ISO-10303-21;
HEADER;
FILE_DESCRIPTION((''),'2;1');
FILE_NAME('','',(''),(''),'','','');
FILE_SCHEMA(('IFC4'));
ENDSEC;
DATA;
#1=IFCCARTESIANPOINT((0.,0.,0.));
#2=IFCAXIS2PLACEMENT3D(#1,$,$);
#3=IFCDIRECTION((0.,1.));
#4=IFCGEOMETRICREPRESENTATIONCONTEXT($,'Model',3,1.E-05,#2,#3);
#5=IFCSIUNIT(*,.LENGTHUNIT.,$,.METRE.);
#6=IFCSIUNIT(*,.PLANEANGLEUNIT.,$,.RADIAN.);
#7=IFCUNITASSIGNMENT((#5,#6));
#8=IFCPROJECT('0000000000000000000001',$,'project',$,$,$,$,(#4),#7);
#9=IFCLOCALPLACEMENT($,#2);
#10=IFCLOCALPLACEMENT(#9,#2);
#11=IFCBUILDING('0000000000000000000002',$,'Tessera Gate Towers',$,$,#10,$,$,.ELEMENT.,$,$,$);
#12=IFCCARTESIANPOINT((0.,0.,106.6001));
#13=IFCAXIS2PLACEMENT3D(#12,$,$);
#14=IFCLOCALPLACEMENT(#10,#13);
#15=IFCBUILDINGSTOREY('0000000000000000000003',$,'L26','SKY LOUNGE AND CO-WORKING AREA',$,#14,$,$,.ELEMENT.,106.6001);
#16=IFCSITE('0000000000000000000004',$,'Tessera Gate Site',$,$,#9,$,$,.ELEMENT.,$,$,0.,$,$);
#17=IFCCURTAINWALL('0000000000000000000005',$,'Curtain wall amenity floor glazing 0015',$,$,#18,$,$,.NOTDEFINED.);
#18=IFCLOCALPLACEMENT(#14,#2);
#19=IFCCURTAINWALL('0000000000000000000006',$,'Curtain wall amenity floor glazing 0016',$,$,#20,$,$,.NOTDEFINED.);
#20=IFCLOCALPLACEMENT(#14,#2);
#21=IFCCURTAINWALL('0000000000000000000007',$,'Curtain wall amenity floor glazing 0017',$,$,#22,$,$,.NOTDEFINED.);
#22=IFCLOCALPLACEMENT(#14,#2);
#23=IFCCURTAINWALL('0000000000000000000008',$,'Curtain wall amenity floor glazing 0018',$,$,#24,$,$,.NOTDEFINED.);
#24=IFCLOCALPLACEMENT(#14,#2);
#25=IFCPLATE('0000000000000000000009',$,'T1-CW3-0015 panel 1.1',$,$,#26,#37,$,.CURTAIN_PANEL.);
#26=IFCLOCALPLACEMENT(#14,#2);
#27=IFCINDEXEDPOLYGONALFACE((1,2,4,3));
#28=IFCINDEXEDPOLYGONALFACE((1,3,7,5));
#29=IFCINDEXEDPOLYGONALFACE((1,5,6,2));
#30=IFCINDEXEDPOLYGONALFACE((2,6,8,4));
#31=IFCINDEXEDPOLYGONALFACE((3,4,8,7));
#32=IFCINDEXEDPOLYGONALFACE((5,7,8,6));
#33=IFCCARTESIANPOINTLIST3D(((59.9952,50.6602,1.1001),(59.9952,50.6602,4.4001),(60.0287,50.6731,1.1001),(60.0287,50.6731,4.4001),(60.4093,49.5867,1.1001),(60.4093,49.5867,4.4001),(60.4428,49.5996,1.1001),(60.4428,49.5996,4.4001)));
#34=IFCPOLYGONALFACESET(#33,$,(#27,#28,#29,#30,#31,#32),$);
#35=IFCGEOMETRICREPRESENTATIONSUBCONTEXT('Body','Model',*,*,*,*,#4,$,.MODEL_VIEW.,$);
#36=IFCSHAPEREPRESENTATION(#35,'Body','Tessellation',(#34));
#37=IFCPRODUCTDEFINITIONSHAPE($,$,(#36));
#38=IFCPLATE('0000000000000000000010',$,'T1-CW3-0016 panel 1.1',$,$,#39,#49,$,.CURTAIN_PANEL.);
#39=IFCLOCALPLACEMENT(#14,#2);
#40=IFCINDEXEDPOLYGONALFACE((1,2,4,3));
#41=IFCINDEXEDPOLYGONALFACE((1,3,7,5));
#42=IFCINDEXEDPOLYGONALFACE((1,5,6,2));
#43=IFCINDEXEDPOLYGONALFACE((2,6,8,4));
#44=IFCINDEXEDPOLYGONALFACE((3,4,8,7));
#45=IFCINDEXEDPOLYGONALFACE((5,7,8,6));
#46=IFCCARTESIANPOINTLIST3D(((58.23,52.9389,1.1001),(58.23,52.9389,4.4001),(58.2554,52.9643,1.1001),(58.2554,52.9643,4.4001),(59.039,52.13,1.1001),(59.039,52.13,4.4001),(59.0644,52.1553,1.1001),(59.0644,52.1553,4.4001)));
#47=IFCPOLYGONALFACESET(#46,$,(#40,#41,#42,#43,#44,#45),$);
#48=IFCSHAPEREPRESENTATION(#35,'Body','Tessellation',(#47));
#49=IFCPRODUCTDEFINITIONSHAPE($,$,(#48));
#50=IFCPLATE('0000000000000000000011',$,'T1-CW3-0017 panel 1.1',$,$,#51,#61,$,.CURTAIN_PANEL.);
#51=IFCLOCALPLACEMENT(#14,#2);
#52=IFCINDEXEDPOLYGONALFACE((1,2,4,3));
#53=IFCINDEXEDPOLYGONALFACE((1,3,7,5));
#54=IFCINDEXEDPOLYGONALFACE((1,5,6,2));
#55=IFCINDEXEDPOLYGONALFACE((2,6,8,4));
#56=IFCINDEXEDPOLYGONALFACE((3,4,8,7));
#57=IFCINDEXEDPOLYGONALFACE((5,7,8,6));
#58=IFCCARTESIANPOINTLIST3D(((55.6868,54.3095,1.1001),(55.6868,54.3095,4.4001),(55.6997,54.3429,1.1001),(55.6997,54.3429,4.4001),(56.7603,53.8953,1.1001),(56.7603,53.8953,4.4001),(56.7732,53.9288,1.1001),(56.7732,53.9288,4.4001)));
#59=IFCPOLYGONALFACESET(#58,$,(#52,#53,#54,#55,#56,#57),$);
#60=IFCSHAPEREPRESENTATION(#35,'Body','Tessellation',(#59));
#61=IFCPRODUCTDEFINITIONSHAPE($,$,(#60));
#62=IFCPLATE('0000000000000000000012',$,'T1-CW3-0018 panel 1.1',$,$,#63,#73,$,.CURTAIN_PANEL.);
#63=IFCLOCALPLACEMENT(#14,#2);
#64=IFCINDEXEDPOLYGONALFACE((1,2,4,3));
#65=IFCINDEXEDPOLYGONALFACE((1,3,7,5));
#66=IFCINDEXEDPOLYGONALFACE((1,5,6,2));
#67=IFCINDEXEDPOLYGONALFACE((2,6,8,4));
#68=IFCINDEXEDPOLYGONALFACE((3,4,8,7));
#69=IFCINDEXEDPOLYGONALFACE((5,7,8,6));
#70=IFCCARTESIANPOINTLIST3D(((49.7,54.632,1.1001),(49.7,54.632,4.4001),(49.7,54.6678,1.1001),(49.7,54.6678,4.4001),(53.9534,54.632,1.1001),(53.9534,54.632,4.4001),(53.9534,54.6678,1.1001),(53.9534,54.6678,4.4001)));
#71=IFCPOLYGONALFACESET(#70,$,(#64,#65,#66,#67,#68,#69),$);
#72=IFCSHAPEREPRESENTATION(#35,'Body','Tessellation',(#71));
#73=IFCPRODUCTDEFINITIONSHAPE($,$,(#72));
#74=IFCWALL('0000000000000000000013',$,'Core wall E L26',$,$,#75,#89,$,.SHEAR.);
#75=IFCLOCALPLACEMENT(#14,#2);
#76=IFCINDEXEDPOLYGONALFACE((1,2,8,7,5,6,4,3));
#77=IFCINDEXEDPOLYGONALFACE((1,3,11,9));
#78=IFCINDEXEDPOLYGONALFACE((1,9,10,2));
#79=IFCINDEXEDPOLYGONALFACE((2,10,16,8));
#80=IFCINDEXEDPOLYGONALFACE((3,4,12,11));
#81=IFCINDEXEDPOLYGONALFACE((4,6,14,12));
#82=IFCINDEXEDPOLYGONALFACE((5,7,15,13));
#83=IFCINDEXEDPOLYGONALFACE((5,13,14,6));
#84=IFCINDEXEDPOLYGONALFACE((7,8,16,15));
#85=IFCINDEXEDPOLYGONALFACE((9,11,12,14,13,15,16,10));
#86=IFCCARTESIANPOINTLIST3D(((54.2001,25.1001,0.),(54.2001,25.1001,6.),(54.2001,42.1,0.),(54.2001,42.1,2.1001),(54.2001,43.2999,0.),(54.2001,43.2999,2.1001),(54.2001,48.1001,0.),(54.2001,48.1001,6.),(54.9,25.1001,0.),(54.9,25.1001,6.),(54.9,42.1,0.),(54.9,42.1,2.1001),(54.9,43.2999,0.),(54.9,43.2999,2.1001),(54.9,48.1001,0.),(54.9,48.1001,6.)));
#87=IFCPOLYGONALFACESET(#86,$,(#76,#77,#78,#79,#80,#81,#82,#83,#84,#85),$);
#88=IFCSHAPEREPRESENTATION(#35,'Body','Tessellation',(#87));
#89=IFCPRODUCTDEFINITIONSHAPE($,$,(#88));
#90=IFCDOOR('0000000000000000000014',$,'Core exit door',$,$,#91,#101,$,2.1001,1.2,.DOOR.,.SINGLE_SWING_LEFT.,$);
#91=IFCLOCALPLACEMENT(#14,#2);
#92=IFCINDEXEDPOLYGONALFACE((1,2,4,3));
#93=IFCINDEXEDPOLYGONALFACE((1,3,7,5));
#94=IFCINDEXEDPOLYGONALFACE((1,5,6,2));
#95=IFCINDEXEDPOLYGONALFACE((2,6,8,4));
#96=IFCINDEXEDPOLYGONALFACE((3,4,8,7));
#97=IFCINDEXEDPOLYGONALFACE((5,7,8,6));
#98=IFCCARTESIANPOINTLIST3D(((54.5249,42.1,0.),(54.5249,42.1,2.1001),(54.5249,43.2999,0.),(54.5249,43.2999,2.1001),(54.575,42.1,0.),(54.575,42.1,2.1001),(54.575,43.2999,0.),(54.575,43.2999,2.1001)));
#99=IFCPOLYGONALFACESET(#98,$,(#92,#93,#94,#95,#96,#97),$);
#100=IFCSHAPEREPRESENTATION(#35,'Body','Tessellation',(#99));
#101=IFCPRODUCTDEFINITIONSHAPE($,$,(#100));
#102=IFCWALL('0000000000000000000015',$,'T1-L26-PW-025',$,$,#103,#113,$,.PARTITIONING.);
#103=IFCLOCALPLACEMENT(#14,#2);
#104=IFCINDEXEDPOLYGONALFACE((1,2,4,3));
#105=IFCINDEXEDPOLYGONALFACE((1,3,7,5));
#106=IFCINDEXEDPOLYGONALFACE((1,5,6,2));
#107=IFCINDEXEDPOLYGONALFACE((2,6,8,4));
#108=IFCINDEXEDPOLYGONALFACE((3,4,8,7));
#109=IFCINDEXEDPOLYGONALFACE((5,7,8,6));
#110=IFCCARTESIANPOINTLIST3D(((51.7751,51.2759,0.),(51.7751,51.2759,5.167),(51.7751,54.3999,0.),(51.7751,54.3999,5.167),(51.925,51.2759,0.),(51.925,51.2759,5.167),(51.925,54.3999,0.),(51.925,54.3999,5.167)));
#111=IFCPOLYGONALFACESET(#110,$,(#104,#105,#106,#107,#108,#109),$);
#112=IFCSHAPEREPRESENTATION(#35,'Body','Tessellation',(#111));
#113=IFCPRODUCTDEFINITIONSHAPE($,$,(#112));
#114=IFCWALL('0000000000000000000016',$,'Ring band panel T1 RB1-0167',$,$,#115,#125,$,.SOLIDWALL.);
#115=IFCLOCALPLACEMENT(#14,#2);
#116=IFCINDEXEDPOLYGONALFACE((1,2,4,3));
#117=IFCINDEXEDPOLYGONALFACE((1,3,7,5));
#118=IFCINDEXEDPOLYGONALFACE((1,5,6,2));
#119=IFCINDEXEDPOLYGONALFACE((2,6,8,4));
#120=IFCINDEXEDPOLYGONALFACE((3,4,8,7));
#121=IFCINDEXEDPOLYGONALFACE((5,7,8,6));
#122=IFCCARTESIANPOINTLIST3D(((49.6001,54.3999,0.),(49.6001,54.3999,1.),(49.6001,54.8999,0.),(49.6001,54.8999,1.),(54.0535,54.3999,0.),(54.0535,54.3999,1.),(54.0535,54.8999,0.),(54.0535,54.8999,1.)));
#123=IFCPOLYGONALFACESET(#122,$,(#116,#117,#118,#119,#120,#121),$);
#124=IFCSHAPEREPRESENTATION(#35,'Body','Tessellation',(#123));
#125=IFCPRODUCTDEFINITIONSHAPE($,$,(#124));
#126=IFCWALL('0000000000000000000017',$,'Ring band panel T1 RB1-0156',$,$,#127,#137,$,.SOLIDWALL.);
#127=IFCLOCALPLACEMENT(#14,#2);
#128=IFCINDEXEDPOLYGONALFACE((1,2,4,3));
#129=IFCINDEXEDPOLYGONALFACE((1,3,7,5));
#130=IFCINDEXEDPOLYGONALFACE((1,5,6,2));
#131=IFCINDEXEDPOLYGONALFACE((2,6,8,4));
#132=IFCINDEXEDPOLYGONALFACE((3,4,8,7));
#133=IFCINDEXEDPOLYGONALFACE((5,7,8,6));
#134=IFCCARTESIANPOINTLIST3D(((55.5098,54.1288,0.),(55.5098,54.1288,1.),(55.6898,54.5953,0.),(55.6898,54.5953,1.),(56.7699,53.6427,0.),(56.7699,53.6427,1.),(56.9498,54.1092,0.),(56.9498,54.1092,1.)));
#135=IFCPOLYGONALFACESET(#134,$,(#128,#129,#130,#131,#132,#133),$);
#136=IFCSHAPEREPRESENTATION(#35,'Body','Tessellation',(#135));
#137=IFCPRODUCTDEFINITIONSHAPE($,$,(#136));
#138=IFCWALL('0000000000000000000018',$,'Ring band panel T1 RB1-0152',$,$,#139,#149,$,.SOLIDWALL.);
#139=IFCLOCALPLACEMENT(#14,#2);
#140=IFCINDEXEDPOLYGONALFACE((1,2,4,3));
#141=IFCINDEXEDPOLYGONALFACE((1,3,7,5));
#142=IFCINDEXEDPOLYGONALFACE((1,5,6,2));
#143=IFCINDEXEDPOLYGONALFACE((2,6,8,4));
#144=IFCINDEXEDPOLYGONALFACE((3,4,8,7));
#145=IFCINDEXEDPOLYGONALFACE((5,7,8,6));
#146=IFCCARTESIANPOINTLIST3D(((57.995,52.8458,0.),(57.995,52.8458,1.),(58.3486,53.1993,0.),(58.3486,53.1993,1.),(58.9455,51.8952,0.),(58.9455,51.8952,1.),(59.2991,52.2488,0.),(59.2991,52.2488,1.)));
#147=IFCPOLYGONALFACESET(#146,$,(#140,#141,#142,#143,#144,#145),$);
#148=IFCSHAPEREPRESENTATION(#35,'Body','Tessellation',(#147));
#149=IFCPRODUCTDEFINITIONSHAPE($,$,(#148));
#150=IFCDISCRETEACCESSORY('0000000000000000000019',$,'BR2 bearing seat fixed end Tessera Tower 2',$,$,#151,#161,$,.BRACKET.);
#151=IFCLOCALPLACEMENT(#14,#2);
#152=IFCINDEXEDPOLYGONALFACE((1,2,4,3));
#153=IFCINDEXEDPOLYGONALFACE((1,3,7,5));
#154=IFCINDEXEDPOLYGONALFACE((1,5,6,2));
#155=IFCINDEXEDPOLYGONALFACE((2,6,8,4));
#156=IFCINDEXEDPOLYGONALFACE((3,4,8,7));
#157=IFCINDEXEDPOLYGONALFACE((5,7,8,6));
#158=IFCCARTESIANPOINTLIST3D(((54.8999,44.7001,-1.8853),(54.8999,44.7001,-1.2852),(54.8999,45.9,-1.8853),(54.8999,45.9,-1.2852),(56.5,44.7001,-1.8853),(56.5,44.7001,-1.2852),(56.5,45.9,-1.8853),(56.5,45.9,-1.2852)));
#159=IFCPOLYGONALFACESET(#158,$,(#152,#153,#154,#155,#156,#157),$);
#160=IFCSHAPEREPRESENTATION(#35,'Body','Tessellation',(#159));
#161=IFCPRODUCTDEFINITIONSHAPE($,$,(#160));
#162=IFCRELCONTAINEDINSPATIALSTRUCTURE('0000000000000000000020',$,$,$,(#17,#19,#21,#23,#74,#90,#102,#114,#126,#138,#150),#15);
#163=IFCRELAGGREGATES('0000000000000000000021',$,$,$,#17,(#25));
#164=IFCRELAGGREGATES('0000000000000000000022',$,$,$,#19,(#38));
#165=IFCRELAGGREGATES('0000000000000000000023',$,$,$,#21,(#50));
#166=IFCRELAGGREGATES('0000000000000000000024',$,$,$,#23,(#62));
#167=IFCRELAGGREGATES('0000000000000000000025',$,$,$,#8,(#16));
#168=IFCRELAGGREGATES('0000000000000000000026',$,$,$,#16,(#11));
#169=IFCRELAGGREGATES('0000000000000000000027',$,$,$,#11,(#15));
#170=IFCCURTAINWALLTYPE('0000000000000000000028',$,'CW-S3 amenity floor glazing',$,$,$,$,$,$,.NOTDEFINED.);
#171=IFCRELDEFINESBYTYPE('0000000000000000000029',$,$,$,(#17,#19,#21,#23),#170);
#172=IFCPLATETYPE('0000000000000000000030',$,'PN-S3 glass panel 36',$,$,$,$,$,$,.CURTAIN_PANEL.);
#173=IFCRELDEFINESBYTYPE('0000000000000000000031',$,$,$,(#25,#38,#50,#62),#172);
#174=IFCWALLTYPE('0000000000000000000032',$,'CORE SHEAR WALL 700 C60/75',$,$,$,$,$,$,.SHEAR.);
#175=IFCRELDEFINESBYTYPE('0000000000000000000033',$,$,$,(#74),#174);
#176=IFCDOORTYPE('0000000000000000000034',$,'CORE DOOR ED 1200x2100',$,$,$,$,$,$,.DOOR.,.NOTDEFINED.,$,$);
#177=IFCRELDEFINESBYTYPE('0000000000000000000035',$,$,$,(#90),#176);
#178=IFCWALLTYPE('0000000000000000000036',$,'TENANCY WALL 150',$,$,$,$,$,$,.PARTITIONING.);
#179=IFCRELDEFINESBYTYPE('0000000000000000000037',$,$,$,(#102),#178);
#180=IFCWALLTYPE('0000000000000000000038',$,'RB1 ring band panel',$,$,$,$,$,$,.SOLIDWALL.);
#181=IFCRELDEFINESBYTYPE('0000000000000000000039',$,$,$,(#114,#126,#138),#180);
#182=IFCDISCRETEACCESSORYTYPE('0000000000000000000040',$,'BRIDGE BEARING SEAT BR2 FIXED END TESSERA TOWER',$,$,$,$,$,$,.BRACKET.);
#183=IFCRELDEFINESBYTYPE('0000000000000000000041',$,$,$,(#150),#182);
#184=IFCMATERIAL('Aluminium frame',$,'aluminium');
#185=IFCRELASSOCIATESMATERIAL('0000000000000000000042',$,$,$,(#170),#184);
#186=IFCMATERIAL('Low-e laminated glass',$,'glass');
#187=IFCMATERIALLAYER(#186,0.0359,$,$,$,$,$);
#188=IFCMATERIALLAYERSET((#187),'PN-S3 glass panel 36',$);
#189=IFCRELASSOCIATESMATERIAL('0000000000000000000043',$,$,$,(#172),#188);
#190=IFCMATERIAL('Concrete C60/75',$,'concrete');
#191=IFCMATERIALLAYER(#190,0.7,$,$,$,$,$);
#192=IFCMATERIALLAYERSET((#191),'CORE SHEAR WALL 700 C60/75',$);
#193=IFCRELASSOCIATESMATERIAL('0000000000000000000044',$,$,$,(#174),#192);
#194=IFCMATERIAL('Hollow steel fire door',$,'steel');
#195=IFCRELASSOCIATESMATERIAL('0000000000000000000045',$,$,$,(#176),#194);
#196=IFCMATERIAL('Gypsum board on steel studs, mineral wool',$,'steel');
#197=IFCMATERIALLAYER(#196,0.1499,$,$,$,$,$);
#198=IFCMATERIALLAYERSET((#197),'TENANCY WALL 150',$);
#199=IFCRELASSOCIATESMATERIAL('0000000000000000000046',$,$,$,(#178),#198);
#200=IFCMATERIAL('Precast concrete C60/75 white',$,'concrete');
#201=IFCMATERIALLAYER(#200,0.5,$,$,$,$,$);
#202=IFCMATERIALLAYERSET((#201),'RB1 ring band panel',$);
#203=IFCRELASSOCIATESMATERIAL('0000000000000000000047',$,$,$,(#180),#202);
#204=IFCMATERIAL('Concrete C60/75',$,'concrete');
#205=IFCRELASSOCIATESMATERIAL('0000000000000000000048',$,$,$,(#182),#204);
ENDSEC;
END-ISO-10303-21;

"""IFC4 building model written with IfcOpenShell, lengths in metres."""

from ifc_helpers import new_model, si_unit, direction, frame, frame_2d, origin, origin_2d, place, context, subcontext, project, spatial, polyline, rectangle, outline, extrude, source, transform, mapped, material, layer, layer_set, type_object, element, fill, aggregate, save


model = new_model("IFC4")

# Units and contexts
model_context = context("Model", 3, precision=1e-05, world=origin(), true_north=direction((0.0, 1.0)))
body_context = subcontext(model_context, "Body", "Model", "MODEL_VIEW")
ifc_project = project(units=[si_unit("LENGTHUNIT", "METRE"), si_unit("PLANEANGLEUNIT", "RADIAN")], contexts=[model_context])

# Site, building, storey
site_placement = place(None, origin())
site = spatial("IfcSite", under=ifc_project, at=site_placement, Name="Tessera Gate Site", CompositionType="ELEMENT", RefElevation=0.0)
building_placement = place(site_placement, origin())
building = spatial("IfcBuilding", under=site, at=building_placement, Name="Tessera Gate Towers", CompositionType="ELEMENT")
storey_placement = place(building_placement, frame((0.0, 0.0, 106.6001)))
storey = spatial("IfcBuildingStorey", under=building, at=storey_placement, Name="L26", Description="SKY LOUNGE AND CO-WORKING AREA", CompositionType="ELEMENT", Elevation=106.6001)

# Curtain wall
ifc_material_1 = material(Name="Aluminium frame", Category="aluminium")
curtain_wall_type = type_object("IfcCurtainWallType", Name="CW-S3 amenity floor glazing", PredefinedType="NOTDEFINED", material=ifc_material_1)
curtain_wall_1_placement = place(storey_placement, origin())
curtain_wall_1 = element("IfcCurtainWall", 1, at=curtain_wall_1_placement, inside=storey, type_object=curtain_wall_type, Name="Curtain wall amenity floor glazing 0015", PredefinedType="NOTDEFINED")

# Curtain walls
curtain_wall_2_placement = place(storey_placement, origin())
curtain_wall_2 = element("IfcCurtainWall", 2, at=curtain_wall_2_placement, inside=storey, type_object=curtain_wall_type, Name="Curtain wall amenity floor glazing 0016", PredefinedType="NOTDEFINED")
curtain_wall_3_placement = place(storey_placement, origin())
curtain_wall_3 = element("IfcCurtainWall", 3, at=curtain_wall_3_placement, inside=storey, type_object=curtain_wall_type, Name="Curtain wall amenity floor glazing 0017", PredefinedType="NOTDEFINED")

# Curtain wall
curtain_wall_4_placement = place(storey_placement, origin())
curtain_wall_4 = element("IfcCurtainWall", 4, at=curtain_wall_4_placement, inside=storey, type_object=curtain_wall_type, Name="Curtain wall amenity floor glazing 0018", PredefinedType="NOTDEFINED")

# Plates
ifc_material_2 = material(Name="Low-e laminated glass", Category="glass")
ifc_layer_1 = layer(ifc_material_2, 0.0359)
ifc_layer_set_1 = layer_set([ifc_layer_1], Name="PN-S3 glass panel 36")
plate_type = type_object("IfcPlateType", Name="PN-S3 glass panel 36", PredefinedType="CURTAIN_PANEL", material=ifc_layer_set_1)
plate_1_placement = place(storey_placement, frame((60.219, 50.1299, 1.1001), z_axis=(0.0, 0.0, 1.0), x_axis=(-0.359904, 0.932989, 0.0)))
plate_1 = element("IfcPlate", 5, at=plate_1_placement, type_object=plate_type, Name="T1-CW3-0015 panel 1.1", PredefinedType="CURTAIN_PANEL", context=body_context, shape_type="SweptSolid", body=[
    extrude(rectangle(XDim=1.1506, YDim=0.0359, at=origin_2d()), origin(), (0.0, 0.0, 1.0), 3.3),
])
aggregate(curtain_wall_1, [plate_1])
plate_2_placement = place(storey_placement, frame((58.6472, 52.5471, 1.1001), z_axis=(0.0, 0.0, 1.0), x_axis=(-0.707107, 0.707107, 0.0)))
plate_2 = element("IfcPlate", 6, at=plate_2_placement, type_object=plate_type, Name="T1-CW3-0016 panel 1.1", PredefinedType="CURTAIN_PANEL", context=body_context, shape_type="SweptSolid", body=[
    extrude(rectangle(XDim=1.144, YDim=0.0359, at=origin_2d()), origin(), (0.0, 0.0, 1.0), 3.3),
])
aggregate(curtain_wall_2, [plate_2])
plate_3_placement = place(storey_placement, frame((56.23, 54.1191, 1.1001), z_axis=(0.0, 0.0, 1.0), x_axis=(-0.932989, 0.359904, 0.0)))
plate_3 = element("IfcPlate", 7, at=plate_3_placement, type_object=plate_type, Name="T1-CW3-0017 panel 1.1", PredefinedType="CURTAIN_PANEL", context=body_context, shape_type="SweptSolid", body=[
    extrude(rectangle(XDim=1.1506, YDim=0.0359, at=origin_2d()), origin(), (0.0, 0.0, 1.0), 3.3),
])
aggregate(curtain_wall_3, [plate_3])
plate_4_placement = place(storey_placement, frame((51.8267, 54.6499, 1.1001), z_axis=(0.0, 0.0, 1.0), x_axis=(-1.0, 0.0, 0.0)))
plate_4 = element("IfcPlate", 8, at=plate_4_placement, type_object=plate_type, Name="T1-CW3-0018 panel 1.1", PredefinedType="CURTAIN_PANEL", context=body_context, shape_type="SweptSolid", body=[
    extrude(rectangle(XDim=4.2534, YDim=0.0359, at=origin_2d()), origin(), (0.0, 0.0, 1.0), 3.3),
])
aggregate(curtain_wall_4, [plate_4])

# Wall, opening, door
ifc_material_3 = material(Name="Concrete C60/75", Category="concrete")
ifc_layer_2 = layer(ifc_material_3, 0.7)
ifc_layer_set_2 = layer_set([ifc_layer_2], Name="CORE SHEAR WALL 700 C60/75")
wall_type_1 = type_object("IfcWallType", Name="CORE SHEAR WALL 700 C60/75", PredefinedType="SHEAR", material=ifc_layer_set_2)
wall_1_placement = place(storey_placement, frame((54.55, 48.1001, 0.0), z_axis=(0.0, 0.0, 1.0), x_axis=(0.0, -1.0, 0.0)))
wall_1 = element("IfcWall", 9, at=wall_1_placement, inside=storey, type_object=wall_type_1, Name="Core wall E L26", PredefinedType="SHEAR", context=body_context, shape_type="SweptSolid", body=[
    extrude(rectangle(XDim=23.0, YDim=0.7, at=frame_2d((11.5, 0.0))), origin(), (0.0, 0.0, 1.0), 6.0),
])
shared_shape_1 = source(origin(), body_context, "Body", "SweptSolid", [
    extrude(rectangle(XDim=1.2, YDim=2.1001, at=frame_2d((0.6001, 1.05))), frame((0.0, 0.3599, 0.0), z_axis=(0.0, -1.0, 0.0), x_axis=(1.0, 0.0, 0.0)), (0.0, 0.0, 1.0), 0.72),
])
opening_placement = place(wall_1_placement, frame((4.8, 0.0, 0.0)))
opening = element("IfcOpeningElement", 10, at=opening_placement, cuts=wall_1, PredefinedType="OPENING", context=body_context, shape_type="MappedRepresentation", body=[
    mapped(shared_shape_1, transform((0.0, 0.0, 0.0), scale=1.0)),
])
ifc_material_4 = material(Name="Hollow steel fire door", Category="steel")
door_type = type_object("IfcDoorType", Name="CORE DOOR ED 1200x2100", OperationType="NOTDEFINED", PredefinedType="DOOR", material=ifc_material_4)
shared_shape_2 = source(origin(), body_context, "Body", "SweptSolid", [
    extrude(rectangle(XDim=1.2, YDim=2.1001, at=frame_2d((0.6001, 1.05))), frame((0.0, 0.0249, 0.0), z_axis=(0.0, -1.0, 0.0), x_axis=(1.0, 0.0, 0.0)), (0.0, 0.0, 1.0), 0.05),
])
door_placement = place(opening_placement, origin())
door = element("IfcDoor", 11, at=door_placement, inside=storey, type_object=door_type, Name="Core exit door", OperationType="SINGLE_SWING_LEFT", OverallHeight=2.1001, OverallWidth=1.2, PredefinedType="DOOR", context=body_context, shape_type="MappedRepresentation", body=[
    mapped(shared_shape_2, transform((0.0, 0.0, 0.0), scale=1.0)),
])
fill(opening, door)

# Walls
ifc_material_5 = material(Name="Gypsum board on steel studs, mineral wool", Category="steel")
ifc_layer_3 = layer(ifc_material_5, 0.1499)
ifc_layer_set_3 = layer_set([ifc_layer_3], Name="TENANCY WALL 150")
wall_type_2 = type_object("IfcWallType", Name="TENANCY WALL 150", PredefinedType="PARTITIONING", material=ifc_layer_set_3)
wall_2_placement = place(storey_placement, frame((51.8501, 51.2759, 0.0), z_axis=(0.0, 0.0, 1.0), x_axis=(0.0, 1.0, 0.0)))
element("IfcWall", 12, at=wall_2_placement, inside=storey, type_object=wall_type_2, Name="T1-L26-PW-025", PredefinedType="PARTITIONING", context=body_context, shape_type="SweptSolid", body=[
    extrude(rectangle(XDim=3.124, YDim=0.1499, at=frame_2d((1.562, 0.0))), origin(), (0.0, 0.0, 1.0), 5.167),
])
ifc_material_6 = material(Name="Precast concrete C60/75 white", Category="concrete")
ifc_layer_4 = layer(ifc_material_6, 0.5)
ifc_layer_set_4 = layer_set([ifc_layer_4], Name="RB1 ring band panel")
wall_type_3 = type_object("IfcWallType", Name="RB1 ring band panel", PredefinedType="SOLIDWALL", material=ifc_layer_set_4)
shared_shape_3 = source(origin(), body_context, "Body", "SweptSolid", [
    extrude(outline(polyline([(0.0, 0.0), (4.4534, 0.0), (4.4534, 1.0), (0.0, 1.0), (0.0, 0.0)])), frame((0.0, 0.25, 0.0), z_axis=(0.0, -1.0, 0.0), x_axis=(1.0, 0.0, 0.0)), (0.0, 0.0, 1.0), 0.5),
])
wall_3_placement = place(storey_placement, frame((54.0535, 54.6499, 0.0), z_axis=(0.0, 0.0, 1.0), x_axis=(-1.0, 0.0, 0.0)))
element("IfcWall", 13, at=wall_3_placement, inside=storey, type_object=wall_type_3, Name="Ring band panel T1 RB1-0167", PredefinedType="SOLIDWALL", context=body_context, shape_type="MappedRepresentation", body=[
    mapped(shared_shape_3, transform((0.0, 0.0, 0.0), scale=1.0)),
])
shared_shape_4 = source(origin(), body_context, "Body", "SweptSolid", [
    extrude(outline(polyline([(0.0, 0.0), (1.3506, 0.0), (1.3506, 1.0), (0.0, 1.0), (0.0, 0.0)])), frame((0.0, 0.25, 0.0), z_axis=(0.0, -1.0, 0.0), x_axis=(1.0, 0.0, 0.0)), (0.0, 0.0, 1.0), 0.5),
])
wall_4_placement = place(storey_placement, frame((56.8599, 53.876, 0.0), z_axis=(0.0, 0.0, 1.0), x_axis=(-0.932982, 0.359924, 0.0)))
element("IfcWall", 14, at=wall_4_placement, inside=storey, type_object=wall_type_3, Name="Ring band panel T1 RB1-0156", PredefinedType="SOLIDWALL", context=body_context, shape_type="MappedRepresentation", body=[
    mapped(shared_shape_4, transform((0.0, 0.0, 0.0), scale=1.0)),
])
shared_shape_5 = source(origin(), body_context, "Body", "SweptSolid", [
    extrude(outline(polyline([(0.0, 0.0), (1.3442, 0.0), (1.3442, 1.0), (0.0, 1.0), (0.0, 0.0)])), frame((0.0, 0.25, 0.0), z_axis=(0.0, -1.0, 0.0), x_axis=(1.0, 0.0, 0.0)), (0.0, 0.0, 1.0), 0.5),
])
wall_5_placement = place(storey_placement, frame((59.1223, 52.072, 0.0), z_axis=(0.0, 0.0, 1.0), x_axis=(-0.707107, 0.707107, 0.0)))
element("IfcWall", 15, at=wall_5_placement, inside=storey, type_object=wall_type_3, Name="Ring band panel T1 RB1-0152", PredefinedType="SOLIDWALL", context=body_context, shape_type="MappedRepresentation", body=[
    mapped(shared_shape_5, transform((0.0, 0.0, 0.0), scale=1.0)),
])

# Discrete accessory
ifc_material_7 = material(Name="Concrete C60/75", Category="concrete")
discrete_accessory_type = type_object("IfcDiscreteAccessoryType", Name="BRIDGE BEARING SEAT BR2 FIXED END TESSERA TOWER", PredefinedType="BRACKET", material=ifc_material_7)
discrete_accessory_placement = place(storey_placement, frame((55.7, 45.3, -1.8853), z_axis=(0.0, 0.0, 1.0), x_axis=(1.0, 0.0, 0.0)))
element("IfcDiscreteAccessory", 16, at=discrete_accessory_placement, inside=storey, type_object=discrete_accessory_type, Name="BR2 bearing seat fixed end Tessera Tower 2", PredefinedType="BRACKET", context=body_context, shape_type="SweptSolid", body=[
    extrude(rectangle(XDim=1.6001, YDim=1.2, at=origin_2d()), origin(), (0.0, 0.0, 1.0), 0.6001),
])

save(model, "model.ifc")
